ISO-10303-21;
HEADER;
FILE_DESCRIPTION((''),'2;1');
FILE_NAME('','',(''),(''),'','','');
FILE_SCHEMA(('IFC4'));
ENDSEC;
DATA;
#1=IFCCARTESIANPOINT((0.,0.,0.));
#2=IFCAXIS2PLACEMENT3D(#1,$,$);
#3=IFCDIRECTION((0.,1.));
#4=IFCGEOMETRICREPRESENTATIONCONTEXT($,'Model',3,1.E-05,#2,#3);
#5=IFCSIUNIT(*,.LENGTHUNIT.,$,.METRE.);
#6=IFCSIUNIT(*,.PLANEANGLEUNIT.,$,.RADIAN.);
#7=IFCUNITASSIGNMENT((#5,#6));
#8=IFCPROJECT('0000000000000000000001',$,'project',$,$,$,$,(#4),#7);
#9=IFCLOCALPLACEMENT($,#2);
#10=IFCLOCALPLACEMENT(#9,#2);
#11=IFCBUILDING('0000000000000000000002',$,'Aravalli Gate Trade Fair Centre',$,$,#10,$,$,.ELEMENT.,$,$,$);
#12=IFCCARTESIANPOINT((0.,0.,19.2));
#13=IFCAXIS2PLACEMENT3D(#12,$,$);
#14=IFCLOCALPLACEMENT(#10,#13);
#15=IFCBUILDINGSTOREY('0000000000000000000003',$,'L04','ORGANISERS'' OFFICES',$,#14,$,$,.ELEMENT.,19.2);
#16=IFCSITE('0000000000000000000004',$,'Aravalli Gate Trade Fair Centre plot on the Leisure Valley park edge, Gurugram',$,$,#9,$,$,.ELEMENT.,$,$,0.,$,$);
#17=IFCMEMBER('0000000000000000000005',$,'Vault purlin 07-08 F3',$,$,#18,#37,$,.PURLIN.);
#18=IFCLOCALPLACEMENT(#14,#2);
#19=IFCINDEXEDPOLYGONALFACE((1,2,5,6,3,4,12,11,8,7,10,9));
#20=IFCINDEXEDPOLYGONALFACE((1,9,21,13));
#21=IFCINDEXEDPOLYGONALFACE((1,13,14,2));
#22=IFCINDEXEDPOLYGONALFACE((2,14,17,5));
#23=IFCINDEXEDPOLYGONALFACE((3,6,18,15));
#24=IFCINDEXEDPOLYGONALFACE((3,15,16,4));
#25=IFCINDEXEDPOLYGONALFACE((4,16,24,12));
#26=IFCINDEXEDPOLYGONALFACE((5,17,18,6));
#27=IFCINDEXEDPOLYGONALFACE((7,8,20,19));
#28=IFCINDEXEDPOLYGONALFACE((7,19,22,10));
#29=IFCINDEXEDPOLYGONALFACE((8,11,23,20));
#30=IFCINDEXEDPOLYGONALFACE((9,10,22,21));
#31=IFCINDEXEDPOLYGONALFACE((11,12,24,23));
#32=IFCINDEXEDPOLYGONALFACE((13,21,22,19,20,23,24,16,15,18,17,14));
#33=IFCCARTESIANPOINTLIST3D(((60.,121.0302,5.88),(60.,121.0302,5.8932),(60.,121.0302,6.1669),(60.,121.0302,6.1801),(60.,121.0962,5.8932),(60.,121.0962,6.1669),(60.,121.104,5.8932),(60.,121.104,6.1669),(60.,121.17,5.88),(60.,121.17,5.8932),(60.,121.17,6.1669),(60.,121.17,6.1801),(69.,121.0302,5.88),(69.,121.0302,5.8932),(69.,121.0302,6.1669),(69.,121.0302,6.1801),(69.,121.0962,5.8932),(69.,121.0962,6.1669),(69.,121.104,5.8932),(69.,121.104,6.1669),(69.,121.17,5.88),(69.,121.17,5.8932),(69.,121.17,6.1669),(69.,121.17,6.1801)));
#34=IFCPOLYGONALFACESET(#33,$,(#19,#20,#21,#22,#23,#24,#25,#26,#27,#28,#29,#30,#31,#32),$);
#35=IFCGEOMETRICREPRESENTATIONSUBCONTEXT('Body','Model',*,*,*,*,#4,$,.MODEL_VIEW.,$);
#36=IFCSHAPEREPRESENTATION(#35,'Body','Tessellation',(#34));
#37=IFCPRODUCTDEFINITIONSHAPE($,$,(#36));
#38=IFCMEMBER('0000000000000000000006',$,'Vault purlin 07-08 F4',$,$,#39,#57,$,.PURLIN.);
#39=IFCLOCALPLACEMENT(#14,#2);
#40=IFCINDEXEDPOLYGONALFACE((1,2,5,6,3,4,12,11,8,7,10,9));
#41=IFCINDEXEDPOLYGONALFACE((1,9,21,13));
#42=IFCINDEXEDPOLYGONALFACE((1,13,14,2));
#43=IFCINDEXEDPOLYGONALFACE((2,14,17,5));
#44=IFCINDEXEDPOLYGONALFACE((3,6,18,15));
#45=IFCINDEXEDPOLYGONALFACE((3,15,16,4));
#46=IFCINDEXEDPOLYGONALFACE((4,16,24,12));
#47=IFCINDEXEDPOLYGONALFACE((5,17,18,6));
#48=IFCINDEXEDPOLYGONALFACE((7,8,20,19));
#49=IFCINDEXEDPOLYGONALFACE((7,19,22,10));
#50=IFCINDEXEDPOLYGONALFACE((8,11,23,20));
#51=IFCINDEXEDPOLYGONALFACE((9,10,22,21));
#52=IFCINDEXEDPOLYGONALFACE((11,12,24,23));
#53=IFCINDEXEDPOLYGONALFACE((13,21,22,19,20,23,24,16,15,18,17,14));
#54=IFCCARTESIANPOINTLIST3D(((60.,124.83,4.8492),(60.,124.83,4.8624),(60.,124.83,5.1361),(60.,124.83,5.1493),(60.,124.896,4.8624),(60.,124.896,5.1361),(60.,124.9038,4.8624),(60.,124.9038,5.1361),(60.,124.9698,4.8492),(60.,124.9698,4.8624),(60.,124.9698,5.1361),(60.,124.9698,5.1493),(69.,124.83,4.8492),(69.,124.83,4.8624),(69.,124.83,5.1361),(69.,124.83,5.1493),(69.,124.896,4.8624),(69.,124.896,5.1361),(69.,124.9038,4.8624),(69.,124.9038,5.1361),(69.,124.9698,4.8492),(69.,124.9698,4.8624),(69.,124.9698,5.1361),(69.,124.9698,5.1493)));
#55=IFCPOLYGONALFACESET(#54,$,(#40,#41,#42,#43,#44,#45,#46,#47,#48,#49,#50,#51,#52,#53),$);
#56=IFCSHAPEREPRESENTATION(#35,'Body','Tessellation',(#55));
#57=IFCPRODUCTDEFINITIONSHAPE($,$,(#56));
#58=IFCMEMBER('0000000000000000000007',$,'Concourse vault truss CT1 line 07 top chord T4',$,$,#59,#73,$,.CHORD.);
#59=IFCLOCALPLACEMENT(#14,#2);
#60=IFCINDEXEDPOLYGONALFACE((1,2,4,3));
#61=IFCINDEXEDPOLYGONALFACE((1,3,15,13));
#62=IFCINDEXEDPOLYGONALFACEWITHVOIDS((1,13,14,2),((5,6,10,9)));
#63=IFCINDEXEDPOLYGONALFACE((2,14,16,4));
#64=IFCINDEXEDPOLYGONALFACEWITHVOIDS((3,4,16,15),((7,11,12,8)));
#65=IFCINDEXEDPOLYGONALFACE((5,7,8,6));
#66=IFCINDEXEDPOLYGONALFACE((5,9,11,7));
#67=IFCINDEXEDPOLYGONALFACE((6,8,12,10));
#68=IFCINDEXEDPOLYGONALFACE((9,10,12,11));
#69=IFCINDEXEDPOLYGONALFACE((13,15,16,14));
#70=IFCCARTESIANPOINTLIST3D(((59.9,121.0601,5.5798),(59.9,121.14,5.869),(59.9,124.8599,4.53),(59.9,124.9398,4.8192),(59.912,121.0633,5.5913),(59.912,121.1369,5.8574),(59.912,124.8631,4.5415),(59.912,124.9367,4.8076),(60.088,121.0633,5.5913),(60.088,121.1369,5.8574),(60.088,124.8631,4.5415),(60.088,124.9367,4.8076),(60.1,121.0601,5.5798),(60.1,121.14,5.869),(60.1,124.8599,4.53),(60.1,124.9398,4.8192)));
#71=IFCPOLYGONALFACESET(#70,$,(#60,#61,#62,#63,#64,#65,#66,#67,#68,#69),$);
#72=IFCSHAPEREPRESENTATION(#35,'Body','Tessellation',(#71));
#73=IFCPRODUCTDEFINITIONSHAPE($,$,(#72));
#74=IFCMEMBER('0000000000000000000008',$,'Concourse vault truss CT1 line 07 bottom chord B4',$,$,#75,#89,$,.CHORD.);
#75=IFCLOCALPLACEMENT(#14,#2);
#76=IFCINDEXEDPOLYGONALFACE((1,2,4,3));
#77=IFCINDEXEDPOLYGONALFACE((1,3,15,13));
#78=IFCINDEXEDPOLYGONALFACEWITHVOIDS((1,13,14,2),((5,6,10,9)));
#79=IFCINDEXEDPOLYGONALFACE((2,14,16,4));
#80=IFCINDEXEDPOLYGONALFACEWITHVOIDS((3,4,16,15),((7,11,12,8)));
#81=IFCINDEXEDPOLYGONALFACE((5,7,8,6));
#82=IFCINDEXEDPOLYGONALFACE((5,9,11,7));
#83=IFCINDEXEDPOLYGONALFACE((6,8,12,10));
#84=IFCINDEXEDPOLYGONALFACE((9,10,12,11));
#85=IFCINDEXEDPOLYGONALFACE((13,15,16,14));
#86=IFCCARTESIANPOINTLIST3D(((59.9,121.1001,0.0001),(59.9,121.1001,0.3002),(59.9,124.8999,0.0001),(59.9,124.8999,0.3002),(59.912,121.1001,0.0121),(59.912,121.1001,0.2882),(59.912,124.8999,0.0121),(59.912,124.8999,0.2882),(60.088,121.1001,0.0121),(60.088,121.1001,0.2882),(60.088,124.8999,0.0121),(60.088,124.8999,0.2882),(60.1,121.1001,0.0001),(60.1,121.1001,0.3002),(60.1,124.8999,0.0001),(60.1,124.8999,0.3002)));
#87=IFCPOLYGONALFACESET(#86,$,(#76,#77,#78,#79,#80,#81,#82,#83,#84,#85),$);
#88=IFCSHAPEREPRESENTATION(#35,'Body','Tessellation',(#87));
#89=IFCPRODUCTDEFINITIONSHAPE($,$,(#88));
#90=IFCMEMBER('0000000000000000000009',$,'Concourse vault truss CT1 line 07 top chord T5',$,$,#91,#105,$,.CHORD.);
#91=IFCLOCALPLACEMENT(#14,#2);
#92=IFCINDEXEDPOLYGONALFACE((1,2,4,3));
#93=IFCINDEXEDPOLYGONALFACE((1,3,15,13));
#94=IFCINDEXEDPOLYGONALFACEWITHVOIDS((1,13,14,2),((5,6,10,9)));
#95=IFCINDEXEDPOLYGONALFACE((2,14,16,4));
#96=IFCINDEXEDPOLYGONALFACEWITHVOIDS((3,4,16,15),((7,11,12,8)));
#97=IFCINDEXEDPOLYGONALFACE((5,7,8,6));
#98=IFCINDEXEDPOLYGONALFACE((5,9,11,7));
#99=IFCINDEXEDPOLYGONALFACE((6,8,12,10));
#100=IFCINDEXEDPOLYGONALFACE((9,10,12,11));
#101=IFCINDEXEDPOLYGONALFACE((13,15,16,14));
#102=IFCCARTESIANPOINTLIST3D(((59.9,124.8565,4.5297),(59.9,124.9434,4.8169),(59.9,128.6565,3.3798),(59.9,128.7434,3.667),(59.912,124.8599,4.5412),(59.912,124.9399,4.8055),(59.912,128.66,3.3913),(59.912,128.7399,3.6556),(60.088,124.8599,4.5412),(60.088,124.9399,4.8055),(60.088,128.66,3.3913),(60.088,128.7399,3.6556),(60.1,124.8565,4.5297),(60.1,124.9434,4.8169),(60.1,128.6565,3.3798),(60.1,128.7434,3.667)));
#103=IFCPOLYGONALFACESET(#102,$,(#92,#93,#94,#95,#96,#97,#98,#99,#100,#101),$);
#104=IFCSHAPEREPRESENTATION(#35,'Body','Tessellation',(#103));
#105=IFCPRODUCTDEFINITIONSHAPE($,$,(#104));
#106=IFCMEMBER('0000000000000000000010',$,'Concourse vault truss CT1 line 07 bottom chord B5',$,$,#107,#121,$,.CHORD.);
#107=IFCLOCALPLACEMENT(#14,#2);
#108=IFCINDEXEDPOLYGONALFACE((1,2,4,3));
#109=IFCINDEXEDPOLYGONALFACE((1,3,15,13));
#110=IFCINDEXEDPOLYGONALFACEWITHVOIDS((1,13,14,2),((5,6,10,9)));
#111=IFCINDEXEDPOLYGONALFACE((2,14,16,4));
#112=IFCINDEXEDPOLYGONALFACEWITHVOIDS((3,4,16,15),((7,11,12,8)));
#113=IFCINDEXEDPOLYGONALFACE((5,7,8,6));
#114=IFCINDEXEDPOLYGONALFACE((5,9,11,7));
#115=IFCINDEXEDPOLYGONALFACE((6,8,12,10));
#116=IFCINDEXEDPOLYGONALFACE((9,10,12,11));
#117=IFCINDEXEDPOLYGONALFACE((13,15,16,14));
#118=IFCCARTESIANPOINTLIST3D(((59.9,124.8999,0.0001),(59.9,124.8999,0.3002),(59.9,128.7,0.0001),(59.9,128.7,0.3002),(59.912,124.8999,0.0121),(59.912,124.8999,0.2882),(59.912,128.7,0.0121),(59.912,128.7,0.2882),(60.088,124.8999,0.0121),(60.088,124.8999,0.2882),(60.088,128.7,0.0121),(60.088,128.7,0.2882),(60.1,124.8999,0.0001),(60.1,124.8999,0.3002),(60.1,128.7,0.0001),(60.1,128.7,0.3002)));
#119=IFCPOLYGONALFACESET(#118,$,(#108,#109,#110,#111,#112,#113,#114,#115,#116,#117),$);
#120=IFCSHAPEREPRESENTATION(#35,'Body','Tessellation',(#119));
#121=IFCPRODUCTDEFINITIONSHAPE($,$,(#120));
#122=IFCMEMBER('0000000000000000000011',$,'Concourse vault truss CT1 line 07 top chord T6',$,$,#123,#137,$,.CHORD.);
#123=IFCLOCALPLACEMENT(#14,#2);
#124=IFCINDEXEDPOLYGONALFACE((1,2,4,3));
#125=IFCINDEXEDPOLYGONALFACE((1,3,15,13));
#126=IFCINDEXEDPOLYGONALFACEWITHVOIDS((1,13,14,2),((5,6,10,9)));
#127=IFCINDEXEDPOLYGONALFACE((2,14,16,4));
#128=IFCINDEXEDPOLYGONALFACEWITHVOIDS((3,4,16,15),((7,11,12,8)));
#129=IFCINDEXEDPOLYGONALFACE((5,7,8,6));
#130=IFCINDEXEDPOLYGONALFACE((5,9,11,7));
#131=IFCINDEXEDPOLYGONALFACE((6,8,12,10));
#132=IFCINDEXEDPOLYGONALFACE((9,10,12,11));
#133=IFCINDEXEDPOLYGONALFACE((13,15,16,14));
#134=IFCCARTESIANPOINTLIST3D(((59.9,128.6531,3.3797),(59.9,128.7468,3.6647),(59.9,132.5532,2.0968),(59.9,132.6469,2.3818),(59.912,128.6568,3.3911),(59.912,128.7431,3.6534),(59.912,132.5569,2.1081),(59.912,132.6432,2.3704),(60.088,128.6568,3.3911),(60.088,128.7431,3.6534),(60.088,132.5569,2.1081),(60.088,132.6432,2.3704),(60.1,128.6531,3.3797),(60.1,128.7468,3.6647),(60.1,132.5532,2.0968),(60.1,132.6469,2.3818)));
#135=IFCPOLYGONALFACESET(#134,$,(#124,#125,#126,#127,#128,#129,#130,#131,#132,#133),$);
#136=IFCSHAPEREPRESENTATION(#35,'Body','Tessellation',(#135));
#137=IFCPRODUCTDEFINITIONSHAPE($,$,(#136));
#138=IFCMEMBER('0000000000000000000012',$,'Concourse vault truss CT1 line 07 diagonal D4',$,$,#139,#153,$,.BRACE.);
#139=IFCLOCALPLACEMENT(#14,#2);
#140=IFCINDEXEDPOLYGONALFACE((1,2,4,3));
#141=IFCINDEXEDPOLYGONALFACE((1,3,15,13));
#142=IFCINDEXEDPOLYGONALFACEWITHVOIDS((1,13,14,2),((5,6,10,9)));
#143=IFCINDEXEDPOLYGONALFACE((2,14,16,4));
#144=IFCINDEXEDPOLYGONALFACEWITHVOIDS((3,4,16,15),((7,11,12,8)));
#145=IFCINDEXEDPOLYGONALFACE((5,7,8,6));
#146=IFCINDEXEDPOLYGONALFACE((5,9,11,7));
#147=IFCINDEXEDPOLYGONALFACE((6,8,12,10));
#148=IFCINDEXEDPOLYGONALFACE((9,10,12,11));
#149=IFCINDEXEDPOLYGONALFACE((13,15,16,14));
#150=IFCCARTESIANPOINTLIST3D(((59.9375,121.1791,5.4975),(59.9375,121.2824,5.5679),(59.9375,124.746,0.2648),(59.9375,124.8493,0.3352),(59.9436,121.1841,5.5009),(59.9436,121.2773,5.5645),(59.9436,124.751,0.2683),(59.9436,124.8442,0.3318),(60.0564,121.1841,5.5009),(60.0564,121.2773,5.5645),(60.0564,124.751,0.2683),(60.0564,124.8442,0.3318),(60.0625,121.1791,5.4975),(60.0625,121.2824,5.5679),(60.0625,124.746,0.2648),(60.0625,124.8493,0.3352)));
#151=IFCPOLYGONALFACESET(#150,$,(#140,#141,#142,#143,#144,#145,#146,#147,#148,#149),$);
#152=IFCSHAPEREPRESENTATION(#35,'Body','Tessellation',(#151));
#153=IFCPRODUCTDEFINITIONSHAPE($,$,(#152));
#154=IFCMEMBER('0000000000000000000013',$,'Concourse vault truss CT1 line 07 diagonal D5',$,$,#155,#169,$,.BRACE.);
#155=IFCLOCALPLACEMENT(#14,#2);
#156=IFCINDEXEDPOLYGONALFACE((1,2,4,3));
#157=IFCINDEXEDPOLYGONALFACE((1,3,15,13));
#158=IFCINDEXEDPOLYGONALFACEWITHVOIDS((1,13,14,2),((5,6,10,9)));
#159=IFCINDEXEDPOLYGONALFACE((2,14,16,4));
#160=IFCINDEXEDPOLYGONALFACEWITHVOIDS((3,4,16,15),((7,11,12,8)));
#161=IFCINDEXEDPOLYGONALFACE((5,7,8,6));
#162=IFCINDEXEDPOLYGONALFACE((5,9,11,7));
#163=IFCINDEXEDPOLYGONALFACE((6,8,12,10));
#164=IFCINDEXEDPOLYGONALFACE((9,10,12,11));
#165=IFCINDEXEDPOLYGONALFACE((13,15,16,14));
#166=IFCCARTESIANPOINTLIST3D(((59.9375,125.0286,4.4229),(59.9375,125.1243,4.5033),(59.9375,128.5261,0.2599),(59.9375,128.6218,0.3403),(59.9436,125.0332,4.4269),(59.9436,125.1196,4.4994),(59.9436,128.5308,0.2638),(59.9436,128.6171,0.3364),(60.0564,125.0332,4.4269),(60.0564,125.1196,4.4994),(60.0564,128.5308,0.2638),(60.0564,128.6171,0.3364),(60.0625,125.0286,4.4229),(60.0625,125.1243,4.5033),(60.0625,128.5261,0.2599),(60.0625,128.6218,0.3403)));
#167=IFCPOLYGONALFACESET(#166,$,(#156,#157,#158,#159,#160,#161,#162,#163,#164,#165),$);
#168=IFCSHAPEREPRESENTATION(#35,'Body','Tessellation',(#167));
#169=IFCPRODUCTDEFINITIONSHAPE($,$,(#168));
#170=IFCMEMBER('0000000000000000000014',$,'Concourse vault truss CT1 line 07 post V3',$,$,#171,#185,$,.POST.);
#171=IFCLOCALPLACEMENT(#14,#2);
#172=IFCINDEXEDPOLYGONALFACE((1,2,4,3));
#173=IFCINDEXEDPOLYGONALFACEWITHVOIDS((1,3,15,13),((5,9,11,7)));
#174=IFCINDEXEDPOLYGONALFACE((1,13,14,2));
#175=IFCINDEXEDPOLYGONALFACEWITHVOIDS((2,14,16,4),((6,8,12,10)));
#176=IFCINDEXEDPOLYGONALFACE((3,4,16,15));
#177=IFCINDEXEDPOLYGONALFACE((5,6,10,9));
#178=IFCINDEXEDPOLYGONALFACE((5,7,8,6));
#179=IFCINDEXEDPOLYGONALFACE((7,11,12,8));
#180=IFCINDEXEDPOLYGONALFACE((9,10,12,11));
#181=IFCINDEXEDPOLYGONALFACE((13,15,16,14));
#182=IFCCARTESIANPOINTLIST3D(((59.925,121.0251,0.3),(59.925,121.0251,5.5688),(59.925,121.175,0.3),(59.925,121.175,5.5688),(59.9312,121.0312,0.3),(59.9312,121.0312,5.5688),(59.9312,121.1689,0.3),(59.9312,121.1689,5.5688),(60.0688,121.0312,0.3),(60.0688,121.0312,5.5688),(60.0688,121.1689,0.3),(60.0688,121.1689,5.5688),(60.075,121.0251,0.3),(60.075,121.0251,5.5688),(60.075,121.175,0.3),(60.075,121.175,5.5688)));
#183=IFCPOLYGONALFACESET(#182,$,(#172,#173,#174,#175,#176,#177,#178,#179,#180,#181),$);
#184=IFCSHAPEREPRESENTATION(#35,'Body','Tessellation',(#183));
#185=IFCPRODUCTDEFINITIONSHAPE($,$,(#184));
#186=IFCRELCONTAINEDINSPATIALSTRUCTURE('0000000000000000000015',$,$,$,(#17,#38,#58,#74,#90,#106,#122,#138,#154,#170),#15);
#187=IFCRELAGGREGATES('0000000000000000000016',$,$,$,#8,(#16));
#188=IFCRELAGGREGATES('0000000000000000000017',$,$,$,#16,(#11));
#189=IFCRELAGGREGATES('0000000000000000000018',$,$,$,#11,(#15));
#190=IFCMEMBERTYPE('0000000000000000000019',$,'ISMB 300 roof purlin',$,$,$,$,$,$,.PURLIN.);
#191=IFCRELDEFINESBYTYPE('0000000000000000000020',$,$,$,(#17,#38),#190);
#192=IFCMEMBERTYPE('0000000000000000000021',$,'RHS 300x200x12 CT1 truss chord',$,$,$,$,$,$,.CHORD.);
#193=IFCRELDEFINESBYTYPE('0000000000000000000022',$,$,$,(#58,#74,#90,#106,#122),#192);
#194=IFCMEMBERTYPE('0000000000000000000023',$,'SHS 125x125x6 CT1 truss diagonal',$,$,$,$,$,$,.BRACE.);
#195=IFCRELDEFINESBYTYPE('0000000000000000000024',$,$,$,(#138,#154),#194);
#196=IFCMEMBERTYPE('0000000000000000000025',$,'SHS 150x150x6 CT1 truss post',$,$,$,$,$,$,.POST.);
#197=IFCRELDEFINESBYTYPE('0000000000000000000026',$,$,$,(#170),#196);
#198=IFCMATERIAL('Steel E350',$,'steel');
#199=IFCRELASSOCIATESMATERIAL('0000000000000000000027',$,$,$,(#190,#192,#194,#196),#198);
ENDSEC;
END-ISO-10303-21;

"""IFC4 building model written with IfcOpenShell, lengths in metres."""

from ifc_helpers import new_model, si_unit, direction, frame, origin, origin_2d, place, context, subcontext, project, spatial, hollow_rectangle, i_section, extrude, material, material_profile, profile_set, type_object, element, save


model = new_model("IFC4")

# Units and contexts
model_context = context("Model", 3, precision=1e-05, world=origin(), true_north=direction((0.0, 1.0)))
body_context = subcontext(model_context, "Body", "Model", "MODEL_VIEW")
ifc_project = project(units=[si_unit("LENGTHUNIT", "METRE"), si_unit("PLANEANGLEUNIT", "RADIAN")], contexts=[model_context])

# Site, building, storey
site_placement = place(None, origin())
site = spatial("IfcSite", under=ifc_project, at=site_placement, Name="Aravalli Gate Trade Fair Centre plot on the Leisure Valley park edge, Gurugram", CompositionType="ELEMENT", RefElevation=0.0)
building_placement = place(site_placement, origin())
building = spatial("IfcBuilding", under=site, at=building_placement, Name="Aravalli Gate Trade Fair Centre", CompositionType="ELEMENT")
storey_placement = place(building_placement, frame((0.0, 0.0, 19.2)))
storey = spatial("IfcBuildingStorey", under=building, at=storey_placement, Name="L04", Description="ORGANISERS' OFFICES", CompositionType="ELEMENT", Elevation=19.2)

# Members
ifc_material_1 = material(Name="Steel E350", Category="steel")
ifc_material_profile_1 = material_profile(ifc_material_1, i_section(OverallWidth=0.1399, OverallDepth=0.3, WebThickness=0.0078, FlangeThickness=0.0132, at=origin_2d()), Name="ISMB 300")
ifc_profile_set_1 = profile_set([ifc_material_profile_1], Name="Steel E350")
member_type_1 = type_object("IfcMemberType", Name="ISMB 300 roof purlin", PredefinedType="PURLIN", material=ifc_profile_set_1)
for number, where, z_axis, x_axis, name in (
    (1, (60.0, 121.1001, 6.03), (1.0, 0.0, 0.0), (0.0, 1.0, 0.0), "Vault purlin 07-08 F3"),
    (2, (60.0, 124.8999, 4.9993), (1.0, 0.0, 0.0), (0.0, 1.0, 0.0), "Vault purlin 07-08 F4"),
):
    element("IfcMember", number, at=place(storey_placement, frame(where, z_axis=z_axis, x_axis=x_axis)), inside=storey, type_object=member_type_1, Name=name, PredefinedType="PURLIN", context=body_context, shape_type="SweptSolid", body=[
        extrude(i_section(OverallWidth=0.1399, OverallDepth=0.3, WebThickness=0.0078, FlangeThickness=0.0132, at=origin_2d()), origin(), (0.0, 0.0, 1.0), 9.0),
    ])
ifc_material_profile_2 = material_profile(ifc_material_1, hollow_rectangle(XDim=0.2, YDim=0.3, WallThickness=0.012, at=origin_2d()), Name="RHS 300x200x12")
ifc_profile_set_2 = profile_set([ifc_material_profile_2], Name="Steel E350")
member_type_2 = type_object("IfcMemberType", Name="RHS 300x200x12 CT1 truss chord", PredefinedType="CHORD", material=ifc_profile_set_2)
member_1_placement = place(storey_placement, frame((60.0, 121.1001, 5.7244), z_axis=(0.0, 0.96389, -0.266302), x_axis=(-1.0, 0.0, 0.0)))
element("IfcMember", 3, at=member_1_placement, inside=storey, type_object=member_type_2, Name="Concourse vault truss CT1 line 07 top chord T4", PredefinedType="CHORD", context=body_context, shape_type="SweptSolid", body=[
    extrude(hollow_rectangle(XDim=0.2, YDim=0.3, WallThickness=0.012, at=origin_2d()), origin(), (0.0, 0.0, 1.0), 3.9421),
])
member_2_placement = place(storey_placement, frame((60.0, 121.1001, 0.1501), z_axis=(0.0, 1.0, 0.0), x_axis=(-1.0, 0.0, 0.0)))
element("IfcMember", 4, at=member_2_placement, inside=storey, type_object=member_type_2, Name="Concourse vault truss CT1 line 07 bottom chord B4", PredefinedType="CHORD", context=body_context, shape_type="SweptSolid", body=[
    extrude(hollow_rectangle(XDim=0.2, YDim=0.3, WallThickness=0.012, at=origin_2d()), origin(), (0.0, 0.0, 1.0), 3.7998),
])
member_3_placement = place(storey_placement, frame((60.0, 124.8999, 4.6733), z_axis=(0.0, 0.957138, -0.289632), x_axis=(-1.0, 0.0, 0.0)))
element("IfcMember", 5, at=member_3_placement, inside=storey, type_object=member_type_2, Name="Concourse vault truss CT1 line 07 top chord T5", PredefinedType="CHORD", context=body_context, shape_type="SweptSolid", body=[
    extrude(hollow_rectangle(XDim=0.2, YDim=0.3, WallThickness=0.012, at=origin_2d()), origin(), (0.0, 0.0, 1.0), 3.9702),
])
member_4_placement = place(storey_placement, frame((60.0, 124.8999, 0.1501), z_axis=(0.0, 1.0, 0.0), x_axis=(-1.0, 0.0, 0.0)))
element("IfcMember", 6, at=member_4_placement, inside=storey, type_object=member_type_2, Name="Concourse vault truss CT1 line 07 bottom chord B5", PredefinedType="CHORD", context=body_context, shape_type="SweptSolid", body=[
    extrude(hollow_rectangle(XDim=0.2, YDim=0.3, WallThickness=0.012, at=origin_2d()), origin(), (0.0, 0.0, 1.0), 3.8),
])
member_5_placement = place(storey_placement, frame((60.0, 128.7, 3.5222), z_axis=(0.0, 0.949925, -0.312479), x_axis=(-1.0, 0.0, 0.0)))
element("IfcMember", 7, at=member_5_placement, inside=storey, type_object=member_type_2, Name="Concourse vault truss CT1 line 07 top chord T6", PredefinedType="CHORD", context=body_context, shape_type="SweptSolid", body=[
    extrude(hollow_rectangle(XDim=0.2, YDim=0.3, WallThickness=0.012, at=origin_2d()), origin(), (0.0, 0.0, 1.0), 4.1057),
])
ifc_material_profile_3 = material_profile(ifc_material_1, hollow_rectangle(XDim=0.125, YDim=0.125, WallThickness=0.0061, at=origin_2d()), Name="SHS 125x125x6")
ifc_profile_set_3 = profile_set([ifc_material_profile_3], Name="Steel E350")
member_type_3 = type_object("IfcMemberType", Name="SHS 125x125x6 CT1 truss diagonal", PredefinedType="BRACE", material=ifc_profile_set_3)
member_6_placement = place(storey_placement, frame((60.0, 121.2307, 5.5327), z_axis=(0.0, 0.563247, -0.826289), x_axis=(-1.0, 0.0, 0.0)))
element("IfcMember", 8, at=member_6_placement, inside=storey, type_object=member_type_3, Name="Concourse vault truss CT1 line 07 diagonal D4", PredefinedType="BRACE", context=body_context, shape_type="SweptSolid", body=[
    extrude(hollow_rectangle(XDim=0.125, YDim=0.125, WallThickness=0.0061, at=origin_2d()), origin(), (0.0, 0.0, 1.0), 6.3328),
])
member_7_placement = place(storey_placement, frame((60.0, 125.0764, 4.4631), z_axis=(0.0, 0.643253, -0.765654), x_axis=(-1.0, 0.0, 0.0)))
element("IfcMember", 9, at=member_7_placement, inside=storey, type_object=member_type_3, Name="Concourse vault truss CT1 line 07 diagonal D5", PredefinedType="BRACE", context=body_context, shape_type="SweptSolid", body=[
    extrude(hollow_rectangle(XDim=0.125, YDim=0.125, WallThickness=0.0061, at=origin_2d()), origin(), (0.0, 0.0, 1.0), 5.4373),
])
ifc_material_profile_4 = material_profile(ifc_material_1, hollow_rectangle(XDim=0.1499, YDim=0.1499, WallThickness=0.0061, at=origin_2d()), Name="SHS 150x150x6")
ifc_profile_set_4 = profile_set([ifc_material_profile_4], Name="Steel E350")
member_type_4 = type_object("IfcMemberType", Name="SHS 150x150x6 CT1 truss post", PredefinedType="POST", material=ifc_profile_set_4)
member_8_placement = place(storey_placement, frame((60.0, 121.1001, 0.3), z_axis=(0.0, 0.0, 1.0), x_axis=(1.0, 0.0, 0.0)))
element("IfcMember", 10, at=member_8_placement, inside=storey, type_object=member_type_4, Name="Concourse vault truss CT1 line 07 post V3", PredefinedType="POST", context=body_context, shape_type="SweptSolid", body=[
    extrude(hollow_rectangle(XDim=0.1499, YDim=0.1499, WallThickness=0.0061, at=origin_2d()), origin(), (0.0, 0.0, 1.0), 5.2688),
])

save(model, "model.ifc")
